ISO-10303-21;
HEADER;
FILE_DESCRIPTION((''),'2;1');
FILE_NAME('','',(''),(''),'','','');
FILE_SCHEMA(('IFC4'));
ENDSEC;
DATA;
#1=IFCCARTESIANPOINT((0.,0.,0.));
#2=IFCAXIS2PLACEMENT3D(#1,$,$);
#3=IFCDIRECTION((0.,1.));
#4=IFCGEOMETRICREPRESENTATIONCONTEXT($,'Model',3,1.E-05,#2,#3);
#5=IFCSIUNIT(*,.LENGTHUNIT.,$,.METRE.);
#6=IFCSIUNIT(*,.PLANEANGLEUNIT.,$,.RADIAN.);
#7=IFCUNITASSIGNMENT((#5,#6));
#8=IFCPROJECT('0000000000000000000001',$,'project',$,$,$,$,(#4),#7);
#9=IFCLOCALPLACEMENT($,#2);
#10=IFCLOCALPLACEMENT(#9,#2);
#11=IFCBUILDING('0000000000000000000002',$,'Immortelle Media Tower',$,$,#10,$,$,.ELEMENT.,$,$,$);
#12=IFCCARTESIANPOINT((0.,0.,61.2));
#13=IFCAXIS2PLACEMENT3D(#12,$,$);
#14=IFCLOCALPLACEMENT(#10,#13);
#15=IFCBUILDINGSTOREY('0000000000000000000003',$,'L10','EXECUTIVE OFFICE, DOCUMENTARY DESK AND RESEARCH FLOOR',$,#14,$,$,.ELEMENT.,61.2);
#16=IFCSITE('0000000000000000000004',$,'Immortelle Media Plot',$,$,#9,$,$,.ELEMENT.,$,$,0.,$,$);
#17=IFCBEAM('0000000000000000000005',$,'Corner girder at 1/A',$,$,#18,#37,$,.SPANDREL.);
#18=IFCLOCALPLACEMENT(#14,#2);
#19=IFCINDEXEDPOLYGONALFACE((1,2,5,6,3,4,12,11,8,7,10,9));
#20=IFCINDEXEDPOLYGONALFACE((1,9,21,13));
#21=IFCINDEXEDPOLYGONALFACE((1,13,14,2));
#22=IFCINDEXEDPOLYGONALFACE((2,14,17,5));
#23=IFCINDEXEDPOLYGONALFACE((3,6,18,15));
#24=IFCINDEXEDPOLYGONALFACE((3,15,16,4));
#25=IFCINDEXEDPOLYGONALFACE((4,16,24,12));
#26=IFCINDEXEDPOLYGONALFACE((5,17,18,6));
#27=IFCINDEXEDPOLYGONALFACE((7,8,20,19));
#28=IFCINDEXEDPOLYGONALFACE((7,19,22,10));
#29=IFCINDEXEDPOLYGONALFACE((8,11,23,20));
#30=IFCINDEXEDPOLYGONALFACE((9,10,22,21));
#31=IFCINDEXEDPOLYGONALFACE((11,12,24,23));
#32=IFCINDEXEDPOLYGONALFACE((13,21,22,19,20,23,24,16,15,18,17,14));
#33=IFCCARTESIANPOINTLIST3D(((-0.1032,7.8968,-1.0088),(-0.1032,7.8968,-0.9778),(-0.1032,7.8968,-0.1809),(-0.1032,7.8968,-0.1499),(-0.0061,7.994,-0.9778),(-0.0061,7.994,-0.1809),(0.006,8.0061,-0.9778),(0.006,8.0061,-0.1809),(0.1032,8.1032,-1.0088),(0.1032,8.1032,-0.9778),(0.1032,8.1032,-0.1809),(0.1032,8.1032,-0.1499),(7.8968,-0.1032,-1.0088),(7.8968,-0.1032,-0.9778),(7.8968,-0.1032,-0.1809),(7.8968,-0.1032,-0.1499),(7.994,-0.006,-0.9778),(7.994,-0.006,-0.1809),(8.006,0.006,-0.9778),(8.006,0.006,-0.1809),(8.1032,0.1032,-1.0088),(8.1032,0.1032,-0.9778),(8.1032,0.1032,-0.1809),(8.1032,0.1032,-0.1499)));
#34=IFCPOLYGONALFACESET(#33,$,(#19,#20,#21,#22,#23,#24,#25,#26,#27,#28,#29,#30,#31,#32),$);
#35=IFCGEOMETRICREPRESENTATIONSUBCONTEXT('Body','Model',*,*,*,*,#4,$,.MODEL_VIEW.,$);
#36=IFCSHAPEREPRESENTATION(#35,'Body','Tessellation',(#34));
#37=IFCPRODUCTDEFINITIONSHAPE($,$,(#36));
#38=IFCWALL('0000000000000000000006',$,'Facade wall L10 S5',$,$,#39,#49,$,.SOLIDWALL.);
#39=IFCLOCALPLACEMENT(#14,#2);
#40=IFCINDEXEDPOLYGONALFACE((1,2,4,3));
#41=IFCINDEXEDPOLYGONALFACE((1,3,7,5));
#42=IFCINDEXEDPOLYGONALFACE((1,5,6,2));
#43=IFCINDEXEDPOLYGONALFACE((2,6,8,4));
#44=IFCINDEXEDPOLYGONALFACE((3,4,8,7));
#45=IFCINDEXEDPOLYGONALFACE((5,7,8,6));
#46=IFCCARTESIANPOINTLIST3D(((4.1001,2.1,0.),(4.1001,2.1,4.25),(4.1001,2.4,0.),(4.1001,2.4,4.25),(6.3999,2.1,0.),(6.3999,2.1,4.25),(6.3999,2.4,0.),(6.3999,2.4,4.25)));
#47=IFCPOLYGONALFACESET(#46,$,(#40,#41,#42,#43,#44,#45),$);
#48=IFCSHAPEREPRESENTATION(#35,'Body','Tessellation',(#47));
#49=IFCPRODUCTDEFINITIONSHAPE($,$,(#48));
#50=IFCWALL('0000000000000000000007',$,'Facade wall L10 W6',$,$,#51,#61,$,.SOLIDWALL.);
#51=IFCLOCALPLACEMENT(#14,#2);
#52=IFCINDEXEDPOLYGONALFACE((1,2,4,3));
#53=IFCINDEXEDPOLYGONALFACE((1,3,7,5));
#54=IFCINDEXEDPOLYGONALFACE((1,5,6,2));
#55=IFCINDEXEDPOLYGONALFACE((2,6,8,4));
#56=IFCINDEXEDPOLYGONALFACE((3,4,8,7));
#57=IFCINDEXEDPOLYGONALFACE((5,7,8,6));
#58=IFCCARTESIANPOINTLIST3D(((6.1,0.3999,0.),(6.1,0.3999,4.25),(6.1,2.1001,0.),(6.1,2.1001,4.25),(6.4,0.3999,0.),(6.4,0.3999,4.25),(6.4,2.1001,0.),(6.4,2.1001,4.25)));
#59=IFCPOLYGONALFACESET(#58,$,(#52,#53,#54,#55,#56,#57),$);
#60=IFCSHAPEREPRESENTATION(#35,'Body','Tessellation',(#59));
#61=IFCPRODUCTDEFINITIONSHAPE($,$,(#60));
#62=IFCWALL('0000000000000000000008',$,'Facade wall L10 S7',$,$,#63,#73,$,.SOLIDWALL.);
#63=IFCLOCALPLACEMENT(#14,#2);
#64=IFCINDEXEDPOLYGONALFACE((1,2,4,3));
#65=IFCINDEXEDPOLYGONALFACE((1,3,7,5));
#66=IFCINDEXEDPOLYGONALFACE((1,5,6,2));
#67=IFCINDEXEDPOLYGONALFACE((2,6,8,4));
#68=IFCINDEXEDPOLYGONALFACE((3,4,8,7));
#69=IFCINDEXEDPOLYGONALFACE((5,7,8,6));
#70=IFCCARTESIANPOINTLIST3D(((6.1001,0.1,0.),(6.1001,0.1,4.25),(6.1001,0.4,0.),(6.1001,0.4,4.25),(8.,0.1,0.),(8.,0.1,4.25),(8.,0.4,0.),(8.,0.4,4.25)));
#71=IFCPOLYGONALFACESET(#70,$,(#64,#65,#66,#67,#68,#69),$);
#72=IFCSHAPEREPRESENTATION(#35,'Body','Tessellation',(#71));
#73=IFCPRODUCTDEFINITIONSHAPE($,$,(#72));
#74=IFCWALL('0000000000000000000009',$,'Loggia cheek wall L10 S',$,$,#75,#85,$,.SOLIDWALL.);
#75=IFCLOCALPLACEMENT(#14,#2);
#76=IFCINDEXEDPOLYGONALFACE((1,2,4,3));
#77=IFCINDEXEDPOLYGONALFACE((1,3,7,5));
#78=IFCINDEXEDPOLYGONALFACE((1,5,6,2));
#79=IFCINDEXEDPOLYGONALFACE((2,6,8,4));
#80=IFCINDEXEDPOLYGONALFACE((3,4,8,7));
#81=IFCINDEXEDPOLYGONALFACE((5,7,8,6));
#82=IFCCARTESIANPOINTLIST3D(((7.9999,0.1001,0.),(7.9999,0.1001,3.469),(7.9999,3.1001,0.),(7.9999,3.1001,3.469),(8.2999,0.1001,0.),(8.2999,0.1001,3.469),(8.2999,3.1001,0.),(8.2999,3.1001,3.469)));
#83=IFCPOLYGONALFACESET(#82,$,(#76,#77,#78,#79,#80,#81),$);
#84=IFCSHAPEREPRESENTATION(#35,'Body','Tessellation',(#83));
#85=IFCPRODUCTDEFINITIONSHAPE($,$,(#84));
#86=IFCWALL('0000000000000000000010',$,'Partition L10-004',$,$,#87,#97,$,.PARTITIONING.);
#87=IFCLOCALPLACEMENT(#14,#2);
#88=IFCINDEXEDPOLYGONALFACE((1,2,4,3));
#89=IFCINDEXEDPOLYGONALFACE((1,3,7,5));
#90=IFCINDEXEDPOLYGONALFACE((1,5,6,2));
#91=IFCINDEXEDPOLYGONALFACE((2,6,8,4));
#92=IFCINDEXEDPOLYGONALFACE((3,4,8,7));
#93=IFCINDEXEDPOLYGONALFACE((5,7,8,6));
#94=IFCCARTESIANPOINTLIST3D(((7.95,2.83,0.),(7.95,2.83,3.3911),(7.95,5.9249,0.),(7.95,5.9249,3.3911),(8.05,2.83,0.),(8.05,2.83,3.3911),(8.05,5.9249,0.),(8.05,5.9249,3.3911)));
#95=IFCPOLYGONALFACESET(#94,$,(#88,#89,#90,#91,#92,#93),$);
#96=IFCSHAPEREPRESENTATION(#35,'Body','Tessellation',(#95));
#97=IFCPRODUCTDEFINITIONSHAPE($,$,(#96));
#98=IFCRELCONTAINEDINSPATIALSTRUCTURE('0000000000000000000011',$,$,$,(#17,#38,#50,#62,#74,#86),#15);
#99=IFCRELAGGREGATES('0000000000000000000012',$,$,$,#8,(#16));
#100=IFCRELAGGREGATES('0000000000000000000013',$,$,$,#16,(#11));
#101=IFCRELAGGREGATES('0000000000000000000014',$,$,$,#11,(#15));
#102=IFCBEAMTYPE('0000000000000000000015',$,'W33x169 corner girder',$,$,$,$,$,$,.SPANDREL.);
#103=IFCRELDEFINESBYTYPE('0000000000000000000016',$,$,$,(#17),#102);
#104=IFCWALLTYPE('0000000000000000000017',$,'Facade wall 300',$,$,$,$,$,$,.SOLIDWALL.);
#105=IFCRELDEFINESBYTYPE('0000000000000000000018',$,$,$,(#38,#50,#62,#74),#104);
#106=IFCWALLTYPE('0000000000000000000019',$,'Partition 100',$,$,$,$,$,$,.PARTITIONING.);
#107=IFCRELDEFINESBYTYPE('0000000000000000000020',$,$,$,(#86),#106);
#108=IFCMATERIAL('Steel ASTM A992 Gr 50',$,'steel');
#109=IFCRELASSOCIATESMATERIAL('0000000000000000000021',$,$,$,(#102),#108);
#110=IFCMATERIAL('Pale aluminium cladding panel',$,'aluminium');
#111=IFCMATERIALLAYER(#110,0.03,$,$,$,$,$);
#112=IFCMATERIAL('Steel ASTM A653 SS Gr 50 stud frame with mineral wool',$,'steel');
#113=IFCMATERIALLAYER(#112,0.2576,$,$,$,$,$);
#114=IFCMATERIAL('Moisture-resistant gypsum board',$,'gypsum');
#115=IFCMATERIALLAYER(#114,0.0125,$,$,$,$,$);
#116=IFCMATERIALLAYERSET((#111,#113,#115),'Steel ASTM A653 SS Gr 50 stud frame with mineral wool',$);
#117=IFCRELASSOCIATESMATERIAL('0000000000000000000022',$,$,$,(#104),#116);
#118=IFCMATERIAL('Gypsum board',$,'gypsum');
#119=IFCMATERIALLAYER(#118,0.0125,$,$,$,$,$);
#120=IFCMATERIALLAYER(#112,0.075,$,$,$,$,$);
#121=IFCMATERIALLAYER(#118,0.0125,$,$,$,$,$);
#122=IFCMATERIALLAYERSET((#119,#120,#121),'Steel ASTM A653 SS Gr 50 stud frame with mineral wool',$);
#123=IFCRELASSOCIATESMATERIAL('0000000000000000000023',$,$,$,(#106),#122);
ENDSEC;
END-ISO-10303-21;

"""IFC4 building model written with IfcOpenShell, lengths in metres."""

from ifc_helpers import new_model, si_unit, direction, frame, frame_2d, origin, origin_2d, place, context, subcontext, project, spatial, rectangle, i_section, extrude, material, layer, layer_set, material_profile, profile_set, type_object, element, save


model = new_model("IFC4")

# Units and contexts
model_context = context("Model", 3, precision=1e-05, world=origin(), true_north=direction((0.0, 1.0)))
body_context = subcontext(model_context, "Body", "Model", "MODEL_VIEW")
ifc_project = project(units=[si_unit("LENGTHUNIT", "METRE"), si_unit("PLANEANGLEUNIT", "RADIAN")], contexts=[model_context])

# Site, building, storey
site_placement = place(None, origin())
site = spatial("IfcSite", under=ifc_project, at=site_placement, Name="Immortelle Media Plot", CompositionType="ELEMENT", RefElevation=0.0)
building_placement = place(site_placement, origin())
building = spatial("IfcBuilding", under=site, at=building_placement, Name="Immortelle Media Tower", CompositionType="ELEMENT")
storey_placement = place(building_placement, frame((0.0, 0.0, 61.2)))
storey = spatial("IfcBuildingStorey", under=building, at=storey_placement, Name="L10", Description="EXECUTIVE OFFICE, DOCUMENTARY DESK AND RESEARCH FLOOR", CompositionType="ELEMENT", Elevation=61.2)

# Shared definitions
ifc_material_1 = material(Name="Steel ASTM A992 Gr 50", Category="steel")

# Beam
ifc_material_profile_1 = material_profile(ifc_material_1, i_section(OverallWidth=0.292, OverallDepth=0.8589, WebThickness=0.0171, FlangeThickness=0.031, at=origin_2d()), Name="W33x169")
ifc_profile_set_1 = profile_set([ifc_material_profile_1], Name="Steel ASTM A992 Gr 50")
beam_type_1 = type_object("IfcBeamType", Name="W33x169 corner girder", PredefinedType="SPANDREL", material=ifc_profile_set_1)
beam_1_placement = place(storey_placement, frame((8.0, 0.0, -0.5793), z_axis=(-0.707107, 0.707107, 0.0), x_axis=(-0.707107, -0.707107, 0.0)))
element("IfcBeam", 1, at=beam_1_placement, inside=storey, type_object=beam_type_1, Name="Corner girder at 1/A", PredefinedType="SPANDREL", context=body_context, shape_type="SweptSolid", body=[
    extrude(i_section(OverallWidth=0.292, OverallDepth=0.8589, WebThickness=0.0171, FlangeThickness=0.031, at=origin_2d()), origin(), (0.0, 0.0, 1.0), 11.3137),
])

# Walls
ifc_material_2 = material(Name="Pale aluminium cladding panel", Category="aluminium")
ifc_layer_1 = layer(ifc_material_2, 0.03)
ifc_material_3 = material(Name="Steel ASTM A653 SS Gr 50 stud frame with mineral wool", Category="steel")
ifc_layer_2 = layer(ifc_material_3, 0.2576)
ifc_material_4 = material(Name="Moisture-resistant gypsum board", Category="gypsum")
ifc_layer_3 = layer(ifc_material_4, 0.0125)
ifc_layer_set_1 = layer_set([ifc_layer_1, ifc_layer_2, ifc_layer_3], Name="Steel ASTM A653 SS Gr 50 stud frame with mineral wool")
wall_type_1 = type_object("IfcWallType", Name="Facade wall 300", PredefinedType="SOLIDWALL", material=ifc_layer_set_1)
wall_1_placement = place(storey_placement, frame((4.1001, 2.25, 0.0), z_axis=(0.0, 0.0, 1.0), x_axis=(1.0, 0.0, 0.0)))
element("IfcWall", 2, at=wall_1_placement, inside=storey, type_object=wall_type_1, Name="Facade wall L10 S5", PredefinedType="SOLIDWALL", context=body_context, shape_type="SweptSolid", body=[
    extrude(rectangle(XDim=2.2998, YDim=0.3, at=frame_2d((1.1499, 0.0))), origin(), (0.0, 0.0, 1.0), 4.25),
])
wall_2_placement = place(storey_placement, frame((6.25, 2.1001, 0.0), z_axis=(0.0, 0.0, 1.0), x_axis=(0.0, -1.0, 0.0)))
element("IfcWall", 3, at=wall_2_placement, inside=storey, type_object=wall_type_1, Name="Facade wall L10 W6", PredefinedType="SOLIDWALL", context=body_context, shape_type="SweptSolid", body=[
    extrude(rectangle(XDim=1.7002, YDim=0.3, at=frame_2d((0.8501, 0.0))), origin(), (0.0, 0.0, 1.0), 4.25),
])
wall_3_placement = place(storey_placement, frame((6.1001, 0.25, 0.0), z_axis=(0.0, 0.0, 1.0), x_axis=(1.0, 0.0, 0.0)))
element("IfcWall", 4, at=wall_3_placement, inside=storey, type_object=wall_type_1, Name="Facade wall L10 S7", PredefinedType="SOLIDWALL", context=body_context, shape_type="SweptSolid", body=[
    extrude(rectangle(XDim=1.8999, YDim=0.3, at=frame_2d((0.95, 0.0))), origin(), (0.0, 0.0, 1.0), 4.25),
])

# Walls
wall_4_placement = place(storey_placement, frame((8.1499, 0.1001, 0.0), z_axis=(0.0, 0.0, 1.0), x_axis=(0.0, 1.0, 0.0)))
element("IfcWall", 5, at=wall_4_placement, inside=storey, type_object=wall_type_1, Name="Loggia cheek wall L10 S", PredefinedType="SOLIDWALL", context=body_context, shape_type="SweptSolid", body=[
    extrude(rectangle(XDim=3.0, YDim=0.3, at=frame_2d((1.5, 0.0))), origin(), (0.0, 0.0, 1.0), 3.469),
])
ifc_material_5 = material(Name="Gypsum board", Category="gypsum")
ifc_layer_4 = layer(ifc_material_5, 0.0125)
ifc_layer_5 = layer(ifc_material_3, 0.075)
ifc_layer_6 = layer(ifc_material_5, 0.0125)
ifc_layer_set_2 = layer_set([ifc_layer_4, ifc_layer_5, ifc_layer_6], Name="Steel ASTM A653 SS Gr 50 stud frame with mineral wool")
wall_type_2 = type_object("IfcWallType", Name="Partition 100", PredefinedType="PARTITIONING", material=ifc_layer_set_2)
wall_5_placement = place(storey_placement, frame((8.0, 2.8301, 0.0), z_axis=(0.0, 0.0, 1.0), x_axis=(0.0, 1.0, 0.0)))
element("IfcWall", 6, at=wall_5_placement, inside=storey, type_object=wall_type_2, Name="Partition L10-004", PredefinedType="PARTITIONING", context=body_context, shape_type="SweptSolid", body=[
    extrude(rectangle(XDim=3.095, YDim=0.1001, at=frame_2d((1.5474, 0.0))), origin(), (0.0, 0.0, 1.0), 3.3911),
])

save(model, "model.ifc")
